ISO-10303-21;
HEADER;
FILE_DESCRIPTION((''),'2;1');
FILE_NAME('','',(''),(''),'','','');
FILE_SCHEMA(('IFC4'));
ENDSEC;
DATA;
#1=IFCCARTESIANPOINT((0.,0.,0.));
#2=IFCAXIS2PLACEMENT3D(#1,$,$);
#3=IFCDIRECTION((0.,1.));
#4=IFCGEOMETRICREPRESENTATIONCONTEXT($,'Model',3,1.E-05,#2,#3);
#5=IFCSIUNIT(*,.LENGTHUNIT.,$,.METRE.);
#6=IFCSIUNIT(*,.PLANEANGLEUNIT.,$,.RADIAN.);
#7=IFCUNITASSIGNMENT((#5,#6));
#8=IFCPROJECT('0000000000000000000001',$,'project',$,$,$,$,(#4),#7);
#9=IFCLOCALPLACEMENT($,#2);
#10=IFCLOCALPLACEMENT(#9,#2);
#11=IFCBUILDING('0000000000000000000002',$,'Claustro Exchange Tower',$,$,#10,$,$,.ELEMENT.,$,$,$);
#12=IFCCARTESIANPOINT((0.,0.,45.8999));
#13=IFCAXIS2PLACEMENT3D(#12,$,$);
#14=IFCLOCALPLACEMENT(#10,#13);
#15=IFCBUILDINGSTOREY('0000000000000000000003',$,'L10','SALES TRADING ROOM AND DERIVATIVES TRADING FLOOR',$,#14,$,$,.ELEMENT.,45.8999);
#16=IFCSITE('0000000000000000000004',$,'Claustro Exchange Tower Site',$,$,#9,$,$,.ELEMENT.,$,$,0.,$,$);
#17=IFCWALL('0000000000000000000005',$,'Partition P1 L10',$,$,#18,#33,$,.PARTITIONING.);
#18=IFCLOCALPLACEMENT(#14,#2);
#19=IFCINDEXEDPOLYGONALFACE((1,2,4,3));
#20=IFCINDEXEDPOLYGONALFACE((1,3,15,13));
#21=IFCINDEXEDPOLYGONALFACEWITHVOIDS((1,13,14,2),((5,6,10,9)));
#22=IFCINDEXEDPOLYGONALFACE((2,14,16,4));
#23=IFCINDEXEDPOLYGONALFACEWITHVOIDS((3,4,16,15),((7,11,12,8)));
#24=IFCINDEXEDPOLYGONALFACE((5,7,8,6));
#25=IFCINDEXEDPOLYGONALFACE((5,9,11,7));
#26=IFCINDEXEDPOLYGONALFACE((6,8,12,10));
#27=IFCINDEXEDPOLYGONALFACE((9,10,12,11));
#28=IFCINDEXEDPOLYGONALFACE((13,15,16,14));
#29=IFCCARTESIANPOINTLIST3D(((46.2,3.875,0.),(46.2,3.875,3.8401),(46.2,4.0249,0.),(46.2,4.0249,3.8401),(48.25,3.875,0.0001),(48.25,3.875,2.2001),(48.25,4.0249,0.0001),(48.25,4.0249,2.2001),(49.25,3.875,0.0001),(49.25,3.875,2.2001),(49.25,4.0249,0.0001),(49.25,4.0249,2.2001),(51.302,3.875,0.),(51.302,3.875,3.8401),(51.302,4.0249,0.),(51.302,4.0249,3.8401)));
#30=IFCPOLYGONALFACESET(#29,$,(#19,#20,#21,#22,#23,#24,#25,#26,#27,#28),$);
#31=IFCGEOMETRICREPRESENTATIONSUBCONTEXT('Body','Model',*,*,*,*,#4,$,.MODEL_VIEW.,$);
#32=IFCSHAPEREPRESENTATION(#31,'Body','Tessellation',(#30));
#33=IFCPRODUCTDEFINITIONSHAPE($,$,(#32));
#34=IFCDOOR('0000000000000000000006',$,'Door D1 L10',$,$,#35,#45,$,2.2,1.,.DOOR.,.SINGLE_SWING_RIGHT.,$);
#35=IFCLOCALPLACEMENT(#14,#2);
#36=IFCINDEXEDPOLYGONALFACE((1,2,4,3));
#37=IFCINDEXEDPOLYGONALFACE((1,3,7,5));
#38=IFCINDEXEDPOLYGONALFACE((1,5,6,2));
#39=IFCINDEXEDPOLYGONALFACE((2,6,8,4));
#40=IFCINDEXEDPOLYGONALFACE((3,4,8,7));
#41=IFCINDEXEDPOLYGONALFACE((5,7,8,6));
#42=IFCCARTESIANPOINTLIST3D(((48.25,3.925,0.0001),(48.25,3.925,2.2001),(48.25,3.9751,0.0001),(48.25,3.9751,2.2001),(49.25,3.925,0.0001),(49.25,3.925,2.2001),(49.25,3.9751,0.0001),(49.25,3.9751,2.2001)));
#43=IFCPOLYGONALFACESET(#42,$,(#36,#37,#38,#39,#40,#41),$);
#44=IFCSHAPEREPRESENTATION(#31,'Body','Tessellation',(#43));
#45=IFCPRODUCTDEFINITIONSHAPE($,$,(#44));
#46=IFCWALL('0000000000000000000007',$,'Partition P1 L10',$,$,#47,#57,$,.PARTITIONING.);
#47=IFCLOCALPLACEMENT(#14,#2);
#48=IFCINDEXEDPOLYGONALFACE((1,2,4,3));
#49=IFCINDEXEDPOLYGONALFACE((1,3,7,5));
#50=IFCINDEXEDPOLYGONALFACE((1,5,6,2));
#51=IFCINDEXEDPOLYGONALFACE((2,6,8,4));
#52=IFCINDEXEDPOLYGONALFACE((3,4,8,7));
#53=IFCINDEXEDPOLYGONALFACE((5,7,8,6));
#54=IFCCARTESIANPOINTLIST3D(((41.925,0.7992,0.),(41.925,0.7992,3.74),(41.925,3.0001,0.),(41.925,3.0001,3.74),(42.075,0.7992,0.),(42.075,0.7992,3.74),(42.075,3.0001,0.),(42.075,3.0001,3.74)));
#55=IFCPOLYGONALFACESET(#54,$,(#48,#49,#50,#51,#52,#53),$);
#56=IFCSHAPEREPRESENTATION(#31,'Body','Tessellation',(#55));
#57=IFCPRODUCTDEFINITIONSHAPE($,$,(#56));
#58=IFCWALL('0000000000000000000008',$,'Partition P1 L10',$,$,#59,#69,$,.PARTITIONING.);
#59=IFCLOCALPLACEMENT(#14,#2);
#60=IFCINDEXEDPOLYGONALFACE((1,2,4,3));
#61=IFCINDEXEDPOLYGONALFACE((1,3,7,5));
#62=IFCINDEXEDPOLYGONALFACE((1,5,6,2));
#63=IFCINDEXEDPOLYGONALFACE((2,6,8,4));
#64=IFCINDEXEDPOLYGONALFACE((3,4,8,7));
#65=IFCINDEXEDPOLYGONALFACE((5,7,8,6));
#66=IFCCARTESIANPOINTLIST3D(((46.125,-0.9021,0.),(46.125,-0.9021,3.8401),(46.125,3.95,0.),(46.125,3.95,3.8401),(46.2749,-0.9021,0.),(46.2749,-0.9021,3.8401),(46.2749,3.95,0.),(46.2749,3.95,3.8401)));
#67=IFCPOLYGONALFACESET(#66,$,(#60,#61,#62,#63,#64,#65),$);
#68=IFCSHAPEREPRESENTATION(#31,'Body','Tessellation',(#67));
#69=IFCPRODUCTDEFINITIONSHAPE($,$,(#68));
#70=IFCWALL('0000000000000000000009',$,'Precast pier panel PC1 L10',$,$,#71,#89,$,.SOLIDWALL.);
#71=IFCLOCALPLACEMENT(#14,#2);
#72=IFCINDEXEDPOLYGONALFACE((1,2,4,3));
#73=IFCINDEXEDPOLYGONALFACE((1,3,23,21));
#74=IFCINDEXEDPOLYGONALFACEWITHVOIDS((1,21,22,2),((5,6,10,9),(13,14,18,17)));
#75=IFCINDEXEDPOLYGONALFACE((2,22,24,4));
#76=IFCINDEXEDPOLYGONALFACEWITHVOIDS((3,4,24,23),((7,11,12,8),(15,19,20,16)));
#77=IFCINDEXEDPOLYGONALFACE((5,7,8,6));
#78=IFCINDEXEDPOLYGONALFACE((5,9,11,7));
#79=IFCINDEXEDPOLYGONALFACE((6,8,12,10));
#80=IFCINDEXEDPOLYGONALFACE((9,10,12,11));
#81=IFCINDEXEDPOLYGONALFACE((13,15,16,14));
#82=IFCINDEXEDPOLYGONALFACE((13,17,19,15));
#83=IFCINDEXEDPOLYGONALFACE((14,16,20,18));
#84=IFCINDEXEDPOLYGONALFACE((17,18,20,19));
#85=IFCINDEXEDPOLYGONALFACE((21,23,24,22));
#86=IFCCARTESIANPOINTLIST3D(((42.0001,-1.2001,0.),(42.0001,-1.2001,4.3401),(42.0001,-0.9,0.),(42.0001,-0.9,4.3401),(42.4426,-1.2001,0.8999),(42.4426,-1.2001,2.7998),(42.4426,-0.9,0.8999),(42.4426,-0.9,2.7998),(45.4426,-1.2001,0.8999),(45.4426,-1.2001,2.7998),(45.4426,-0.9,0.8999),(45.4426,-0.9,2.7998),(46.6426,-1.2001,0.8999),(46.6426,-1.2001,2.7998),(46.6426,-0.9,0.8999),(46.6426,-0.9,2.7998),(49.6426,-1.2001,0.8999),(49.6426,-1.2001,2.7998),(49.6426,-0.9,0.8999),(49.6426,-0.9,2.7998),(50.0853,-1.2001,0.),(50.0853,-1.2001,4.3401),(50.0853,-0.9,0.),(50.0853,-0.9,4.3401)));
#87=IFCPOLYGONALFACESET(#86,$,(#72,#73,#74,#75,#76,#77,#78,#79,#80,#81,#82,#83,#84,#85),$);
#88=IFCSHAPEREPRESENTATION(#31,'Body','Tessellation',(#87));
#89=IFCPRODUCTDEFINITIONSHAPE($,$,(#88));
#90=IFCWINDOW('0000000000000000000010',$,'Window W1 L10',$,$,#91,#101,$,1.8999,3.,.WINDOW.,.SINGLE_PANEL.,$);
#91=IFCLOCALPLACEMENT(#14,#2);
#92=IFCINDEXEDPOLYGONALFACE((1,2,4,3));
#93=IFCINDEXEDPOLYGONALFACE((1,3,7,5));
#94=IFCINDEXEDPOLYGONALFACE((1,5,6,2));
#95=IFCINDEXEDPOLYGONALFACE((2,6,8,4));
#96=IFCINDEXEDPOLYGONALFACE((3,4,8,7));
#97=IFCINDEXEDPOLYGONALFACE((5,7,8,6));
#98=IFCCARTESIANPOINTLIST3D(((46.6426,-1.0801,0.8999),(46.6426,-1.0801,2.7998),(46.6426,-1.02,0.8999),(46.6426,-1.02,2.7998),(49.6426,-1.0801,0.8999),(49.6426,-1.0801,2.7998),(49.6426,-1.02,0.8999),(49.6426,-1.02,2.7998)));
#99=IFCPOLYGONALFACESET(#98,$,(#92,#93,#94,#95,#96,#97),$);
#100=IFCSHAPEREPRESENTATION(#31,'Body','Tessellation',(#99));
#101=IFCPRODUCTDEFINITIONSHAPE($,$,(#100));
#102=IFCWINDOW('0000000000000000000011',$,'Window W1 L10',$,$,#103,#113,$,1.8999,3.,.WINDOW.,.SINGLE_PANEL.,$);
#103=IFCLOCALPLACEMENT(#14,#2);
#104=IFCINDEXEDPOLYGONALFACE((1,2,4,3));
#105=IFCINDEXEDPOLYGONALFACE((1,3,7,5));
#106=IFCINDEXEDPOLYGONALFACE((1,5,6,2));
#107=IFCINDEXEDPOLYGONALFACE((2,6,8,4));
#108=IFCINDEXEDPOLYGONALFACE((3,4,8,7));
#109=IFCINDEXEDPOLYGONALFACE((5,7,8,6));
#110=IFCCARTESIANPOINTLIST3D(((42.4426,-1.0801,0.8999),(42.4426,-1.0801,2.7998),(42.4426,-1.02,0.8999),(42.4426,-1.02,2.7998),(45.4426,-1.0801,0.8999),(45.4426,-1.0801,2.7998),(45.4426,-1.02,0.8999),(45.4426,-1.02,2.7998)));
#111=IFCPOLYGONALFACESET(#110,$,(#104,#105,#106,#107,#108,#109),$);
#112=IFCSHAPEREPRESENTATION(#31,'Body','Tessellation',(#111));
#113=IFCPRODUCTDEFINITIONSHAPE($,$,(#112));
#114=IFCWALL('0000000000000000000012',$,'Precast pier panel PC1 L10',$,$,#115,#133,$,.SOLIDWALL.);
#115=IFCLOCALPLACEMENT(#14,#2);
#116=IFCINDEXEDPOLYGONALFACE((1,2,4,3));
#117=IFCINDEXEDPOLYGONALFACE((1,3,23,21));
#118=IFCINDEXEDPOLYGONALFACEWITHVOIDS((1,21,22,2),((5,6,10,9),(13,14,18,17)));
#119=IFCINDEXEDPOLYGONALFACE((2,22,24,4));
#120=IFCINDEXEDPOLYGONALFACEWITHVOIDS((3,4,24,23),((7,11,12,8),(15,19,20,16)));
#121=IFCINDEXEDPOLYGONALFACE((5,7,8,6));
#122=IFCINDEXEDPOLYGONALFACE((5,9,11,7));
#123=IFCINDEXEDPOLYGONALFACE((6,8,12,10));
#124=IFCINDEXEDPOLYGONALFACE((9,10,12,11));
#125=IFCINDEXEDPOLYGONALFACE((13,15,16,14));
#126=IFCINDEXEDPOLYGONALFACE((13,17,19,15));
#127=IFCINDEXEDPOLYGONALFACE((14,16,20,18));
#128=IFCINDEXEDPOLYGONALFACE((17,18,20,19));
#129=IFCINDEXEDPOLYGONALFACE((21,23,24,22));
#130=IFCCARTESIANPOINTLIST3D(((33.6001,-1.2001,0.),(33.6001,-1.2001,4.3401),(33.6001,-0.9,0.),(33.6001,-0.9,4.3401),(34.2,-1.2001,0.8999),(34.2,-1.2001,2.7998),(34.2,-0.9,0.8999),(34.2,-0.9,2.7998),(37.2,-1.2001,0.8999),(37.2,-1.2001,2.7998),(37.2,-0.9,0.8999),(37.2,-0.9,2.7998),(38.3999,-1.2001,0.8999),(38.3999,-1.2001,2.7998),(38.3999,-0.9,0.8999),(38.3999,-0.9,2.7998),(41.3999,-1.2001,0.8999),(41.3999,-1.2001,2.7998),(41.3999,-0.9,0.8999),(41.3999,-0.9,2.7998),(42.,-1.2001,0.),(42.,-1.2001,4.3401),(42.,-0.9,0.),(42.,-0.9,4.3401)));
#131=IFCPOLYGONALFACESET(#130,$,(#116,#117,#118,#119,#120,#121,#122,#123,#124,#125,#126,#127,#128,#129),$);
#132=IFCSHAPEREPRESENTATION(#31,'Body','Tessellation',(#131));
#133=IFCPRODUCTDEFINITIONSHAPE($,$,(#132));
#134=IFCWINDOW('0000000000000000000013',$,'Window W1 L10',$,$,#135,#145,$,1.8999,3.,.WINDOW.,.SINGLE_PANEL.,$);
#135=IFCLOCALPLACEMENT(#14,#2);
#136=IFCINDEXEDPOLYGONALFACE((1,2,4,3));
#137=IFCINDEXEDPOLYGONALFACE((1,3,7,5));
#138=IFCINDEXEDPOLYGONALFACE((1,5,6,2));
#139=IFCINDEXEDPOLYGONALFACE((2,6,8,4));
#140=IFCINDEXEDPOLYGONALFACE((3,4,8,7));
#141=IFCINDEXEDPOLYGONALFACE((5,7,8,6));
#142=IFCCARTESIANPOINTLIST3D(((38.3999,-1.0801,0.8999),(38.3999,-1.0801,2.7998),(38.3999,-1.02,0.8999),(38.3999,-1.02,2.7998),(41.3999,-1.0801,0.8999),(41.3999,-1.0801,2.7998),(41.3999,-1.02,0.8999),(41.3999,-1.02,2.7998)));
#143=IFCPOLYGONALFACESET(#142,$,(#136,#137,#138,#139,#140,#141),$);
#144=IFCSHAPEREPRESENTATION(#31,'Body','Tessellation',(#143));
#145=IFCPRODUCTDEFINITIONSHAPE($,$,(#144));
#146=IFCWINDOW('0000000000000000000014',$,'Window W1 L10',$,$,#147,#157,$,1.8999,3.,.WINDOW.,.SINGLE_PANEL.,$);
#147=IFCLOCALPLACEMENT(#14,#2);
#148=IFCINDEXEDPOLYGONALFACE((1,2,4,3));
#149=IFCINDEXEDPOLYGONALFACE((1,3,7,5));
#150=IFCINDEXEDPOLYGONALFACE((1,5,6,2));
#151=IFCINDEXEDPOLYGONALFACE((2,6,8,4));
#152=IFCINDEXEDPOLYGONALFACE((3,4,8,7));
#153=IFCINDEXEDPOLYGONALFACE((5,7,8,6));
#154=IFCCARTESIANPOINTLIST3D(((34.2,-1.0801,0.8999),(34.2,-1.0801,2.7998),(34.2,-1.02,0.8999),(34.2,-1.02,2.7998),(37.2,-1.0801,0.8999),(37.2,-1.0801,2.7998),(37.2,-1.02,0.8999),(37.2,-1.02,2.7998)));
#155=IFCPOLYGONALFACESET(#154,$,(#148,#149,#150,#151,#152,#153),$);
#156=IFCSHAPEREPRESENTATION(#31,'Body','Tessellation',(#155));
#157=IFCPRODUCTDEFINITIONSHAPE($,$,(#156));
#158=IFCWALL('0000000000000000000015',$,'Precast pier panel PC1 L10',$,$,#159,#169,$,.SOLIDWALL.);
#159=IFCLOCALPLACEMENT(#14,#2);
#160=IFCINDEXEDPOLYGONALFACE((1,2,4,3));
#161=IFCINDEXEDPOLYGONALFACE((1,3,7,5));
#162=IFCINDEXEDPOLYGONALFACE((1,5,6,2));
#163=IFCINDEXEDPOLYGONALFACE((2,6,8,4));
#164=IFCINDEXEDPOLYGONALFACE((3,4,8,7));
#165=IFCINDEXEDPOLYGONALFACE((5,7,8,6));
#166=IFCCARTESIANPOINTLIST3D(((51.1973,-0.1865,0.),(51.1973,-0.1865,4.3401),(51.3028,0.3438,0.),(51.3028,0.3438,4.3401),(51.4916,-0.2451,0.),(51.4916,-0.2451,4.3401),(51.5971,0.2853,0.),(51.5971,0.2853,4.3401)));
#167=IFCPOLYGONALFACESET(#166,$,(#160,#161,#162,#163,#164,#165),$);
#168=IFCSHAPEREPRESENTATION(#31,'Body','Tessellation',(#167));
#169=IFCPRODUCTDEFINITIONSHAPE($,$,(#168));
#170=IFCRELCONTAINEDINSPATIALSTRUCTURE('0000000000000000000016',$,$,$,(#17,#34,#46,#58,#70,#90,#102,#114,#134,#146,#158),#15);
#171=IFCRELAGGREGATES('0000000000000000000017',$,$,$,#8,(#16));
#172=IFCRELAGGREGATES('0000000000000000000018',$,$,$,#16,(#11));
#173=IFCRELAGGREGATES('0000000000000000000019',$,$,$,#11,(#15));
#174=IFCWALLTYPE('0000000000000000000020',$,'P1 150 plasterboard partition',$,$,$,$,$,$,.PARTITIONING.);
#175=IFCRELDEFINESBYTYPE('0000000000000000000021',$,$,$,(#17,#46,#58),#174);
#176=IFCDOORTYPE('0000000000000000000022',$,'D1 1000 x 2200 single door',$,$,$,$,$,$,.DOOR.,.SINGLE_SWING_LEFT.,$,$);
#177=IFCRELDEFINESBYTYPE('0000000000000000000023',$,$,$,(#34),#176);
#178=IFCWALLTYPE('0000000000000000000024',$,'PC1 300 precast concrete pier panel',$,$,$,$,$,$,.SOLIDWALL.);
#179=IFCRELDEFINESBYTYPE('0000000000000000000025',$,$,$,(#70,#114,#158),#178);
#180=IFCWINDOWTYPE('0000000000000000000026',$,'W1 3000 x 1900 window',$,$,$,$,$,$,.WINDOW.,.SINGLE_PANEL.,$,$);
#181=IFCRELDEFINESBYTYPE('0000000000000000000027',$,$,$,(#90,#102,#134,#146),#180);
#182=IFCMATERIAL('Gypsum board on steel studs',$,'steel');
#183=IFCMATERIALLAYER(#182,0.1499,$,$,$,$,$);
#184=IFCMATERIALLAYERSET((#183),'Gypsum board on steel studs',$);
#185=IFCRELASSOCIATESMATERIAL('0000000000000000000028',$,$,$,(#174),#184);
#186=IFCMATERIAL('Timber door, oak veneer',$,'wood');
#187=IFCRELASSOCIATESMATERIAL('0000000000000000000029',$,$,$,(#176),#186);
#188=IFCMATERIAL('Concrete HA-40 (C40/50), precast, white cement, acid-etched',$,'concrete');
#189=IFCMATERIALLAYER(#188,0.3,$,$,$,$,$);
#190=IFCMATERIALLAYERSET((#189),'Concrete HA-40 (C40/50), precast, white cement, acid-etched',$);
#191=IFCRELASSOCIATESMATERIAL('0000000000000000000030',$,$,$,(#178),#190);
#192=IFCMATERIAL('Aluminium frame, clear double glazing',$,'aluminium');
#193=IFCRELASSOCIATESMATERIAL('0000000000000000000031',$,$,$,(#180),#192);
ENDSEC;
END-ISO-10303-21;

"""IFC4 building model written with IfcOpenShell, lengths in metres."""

from ifc_helpers import new_model, si_unit, direction, frame, frame_2d, origin, place, context, subcontext, project, spatial, rectangle, extrude, material, layer, layer_set, type_object, element, fill, save


model = new_model("IFC4")

# Units and contexts
model_context = context("Model", 3, precision=1e-05, world=origin(), true_north=direction((0.0, 1.0)))
body_context = subcontext(model_context, "Body", "Model", "MODEL_VIEW")
ifc_project = project(units=[si_unit("LENGTHUNIT", "METRE"), si_unit("PLANEANGLEUNIT", "RADIAN")], contexts=[model_context])

# Site, building, storey
site_placement = place(None, origin())
site = spatial("IfcSite", under=ifc_project, at=site_placement, Name="Claustro Exchange Tower Site", CompositionType="ELEMENT", RefElevation=0.0)
building_placement = place(site_placement, origin())
building = spatial("IfcBuilding", under=site, at=building_placement, Name="Claustro Exchange Tower", CompositionType="ELEMENT")
storey_placement = place(building_placement, frame((0.0, 0.0, 45.8999)))
storey = spatial("IfcBuildingStorey", under=building, at=storey_placement, Name="L10", Description="SALES TRADING ROOM AND DERIVATIVES TRADING FLOOR", CompositionType="ELEMENT", Elevation=45.8999)

# Wall, opening, door
ifc_material_1 = material(Name="Gypsum board on steel studs", Category="steel")
ifc_layer_1 = layer(ifc_material_1, 0.1499)
ifc_layer_set_1 = layer_set([ifc_layer_1], Name="Gypsum board on steel studs")
wall_type_1 = type_object("IfcWallType", Name="P1 150 plasterboard partition", PredefinedType="PARTITIONING", material=ifc_layer_set_1)
ifc_material_2 = material(Name="Timber door, oak veneer", Category="wood")
door_type = type_object("IfcDoorType", Name="D1 1000 x 2200 single door", OperationType="SINGLE_SWING_LEFT", PredefinedType="DOOR", material=ifc_material_2)
wall_1_placement = place(storey_placement, frame((46.2, 3.95, 0.0), z_axis=(0.0, 0.0, 1.0), x_axis=(1.0, 0.0, 0.0)))
wall_1 = element("IfcWall", 1, at=wall_1_placement, inside=storey, type_object=wall_type_1, Name="Partition P1 L10", PredefinedType="PARTITIONING", context=body_context, shape_type="SweptSolid", body=[
    extrude(rectangle(XDim=5.1021, YDim=0.1499, at=frame_2d((2.551, 0.0))), origin(), (0.0, 0.0, 1.0), 3.8401),
])
opening_1_placement = place(wall_1_placement, frame((2.05, 0.0, 0.0)))
opening_1 = element("IfcOpeningElement", 2, at=opening_1_placement, cuts=wall_1, PredefinedType="OPENING", context=body_context, shape_type="SweptSolid", body=[
    extrude(rectangle(XDim=1.0, YDim=2.2, at=frame_2d((0.5, 1.1001))), frame((0.0, 0.085, 0.0), z_axis=(0.0, -1.0, 0.0), x_axis=(1.0, 0.0, 0.0)), (0.0, 0.0, 1.0), 0.1699),
])
door_1_placement = place(opening_1_placement, frame((1.0, 0.0, 0.0), z_axis=(0.0, 0.0, 1.0), x_axis=(-1.0, 0.0, 0.0)))
door_1 = element("IfcDoor", 3, at=door_1_placement, inside=storey, type_object=door_type, Name="Door D1 L10", OperationType="SINGLE_SWING_RIGHT", OverallHeight=2.2, OverallWidth=1.0, PredefinedType="DOOR", context=body_context, shape_type="SweptSolid", body=[
    extrude(rectangle(XDim=1.0, YDim=2.2, at=frame_2d((0.5, 1.1001))), frame((0.0, 0.0249, 0.0), z_axis=(0.0, -1.0, 0.0), x_axis=(1.0, 0.0, 0.0)), (0.0, 0.0, 1.0), 0.05),
])
fill(opening_1, door_1)

# Walls
wall_2_placement = place(storey_placement, frame((42.0, 0.7991, 0.0), z_axis=(0.0, 0.0, 1.0), x_axis=(0.0, 1.0, 0.0)))
element("IfcWall", 4, at=wall_2_placement, inside=storey, type_object=wall_type_1, Name="Partition P1 L10", PredefinedType="PARTITIONING", context=body_context, shape_type="SweptSolid", body=[
    extrude(rectangle(XDim=2.2009, YDim=0.1499, at=frame_2d((1.1006, 0.0))), origin(), (0.0, 0.0, 1.0), 3.74),
])
wall_3_placement = place(storey_placement, frame((46.2, -0.9021, 0.0), z_axis=(0.0, 0.0, 1.0), x_axis=(0.0, 1.0, 0.0)))
element("IfcWall", 5, at=wall_3_placement, inside=storey, type_object=wall_type_1, Name="Partition P1 L10", PredefinedType="PARTITIONING", context=body_context, shape_type="SweptSolid", body=[
    extrude(rectangle(XDim=4.8521, YDim=0.1499, at=frame_2d((2.426, 0.0))), origin(), (0.0, 0.0, 1.0), 3.8401),
])

# Walls, openings, windows
ifc_material_3 = material(Name="Concrete HA-40 (C40/50), precast, white cement, acid-etched", Category="concrete")
ifc_layer_2 = layer(ifc_material_3, 0.3)
ifc_layer_set_2 = layer_set([ifc_layer_2], Name="Concrete HA-40 (C40/50), precast, white cement, acid-etched")
wall_type_2 = type_object("IfcWallType", Name="PC1 300 precast concrete pier panel", PredefinedType="SOLIDWALL", material=ifc_layer_set_2)
wall_4_placement = place(storey_placement, frame((50.0852, -1.05, 0.0), z_axis=(0.0, 0.0, 1.0), x_axis=(-1.0, 0.0, 0.0)))
wall_4 = element("IfcWall", 6, at=wall_4_placement, inside=storey, type_object=wall_type_2, Name="Precast pier panel PC1 L10", PredefinedType="SOLIDWALL", context=body_context, shape_type="SweptSolid", body=[
    extrude(rectangle(XDim=8.0852, YDim=0.3, at=frame_2d((4.0425, 0.0))), origin(), (0.0, 0.0, 1.0), 4.3401),
])
opening_2_placement = place(wall_4_placement, frame((0.4426, 0.0, 0.8999)))
opening_2 = element("IfcOpeningElement", 7, at=opening_2_placement, cuts=wall_4, PredefinedType="OPENING", context=body_context, shape_type="SweptSolid", body=[
    extrude(rectangle(XDim=3.0, YDim=1.8999, at=frame_2d((1.5, 0.95))), frame((0.0, 0.1599, 0.0), z_axis=(0.0, -1.0, 0.0), x_axis=(1.0, 0.0, 0.0)), (0.0, 0.0, 1.0), 0.3201),
])
opening_3_placement = place(wall_4_placement, frame((4.6426, 0.0, 0.8999)))
opening_3 = element("IfcOpeningElement", 8, at=opening_3_placement, cuts=wall_4, PredefinedType="OPENING", context=body_context, shape_type="SweptSolid", body=[
    extrude(rectangle(XDim=3.0, YDim=1.8999, at=frame_2d((1.5, 0.95))), frame((0.0, 0.1599, 0.0), z_axis=(0.0, -1.0, 0.0), x_axis=(1.0, 0.0, 0.0)), (0.0, 0.0, 1.0), 0.3201),
])
ifc_material_4 = material(Name="Aluminium frame, clear double glazing", Category="aluminium")
window_type = type_object("IfcWindowType", Name="W1 3000 x 1900 window", PartitioningType="SINGLE_PANEL", PredefinedType="WINDOW", material=ifc_material_4)
window_1_placement = place(opening_2_placement, origin())
window_1 = element("IfcWindow", 9, at=window_1_placement, inside=storey, type_object=window_type, Name="Window W1 L10", OverallHeight=1.8999, OverallWidth=3.0, PartitioningType="SINGLE_PANEL", PredefinedType="WINDOW", context=body_context, shape_type="SweptSolid", body=[
    extrude(rectangle(XDim=3.0, YDim=1.8999, at=frame_2d((1.5, 0.95))), frame((0.0, 0.03, 0.0), z_axis=(0.0, -1.0, 0.0), x_axis=(1.0, 0.0, 0.0)), (0.0, 0.0, 1.0), 0.0601),
])
fill(opening_2, window_1)
window_2_placement = place(opening_3_placement, origin())
window_2 = element("IfcWindow", 10, at=window_2_placement, inside=storey, type_object=window_type, Name="Window W1 L10", OverallHeight=1.8999, OverallWidth=3.0, PartitioningType="SINGLE_PANEL", PredefinedType="WINDOW", context=body_context, shape_type="SweptSolid", body=[
    extrude(rectangle(XDim=3.0, YDim=1.8999, at=frame_2d((1.5, 0.95))), frame((0.0, 0.03, 0.0), z_axis=(0.0, -1.0, 0.0), x_axis=(1.0, 0.0, 0.0)), (0.0, 0.0, 1.0), 0.0601),
])
fill(opening_3, window_2)
wall_5_placement = place(storey_placement, frame((42.0, -1.05, 0.0), z_axis=(0.0, 0.0, 1.0), x_axis=(-1.0, 0.0, 0.0)))
wall_5 = element("IfcWall", 11, at=wall_5_placement, inside=storey, type_object=wall_type_2, Name="Precast pier panel PC1 L10", PredefinedType="SOLIDWALL", context=body_context, shape_type="SweptSolid", body=[
    extrude(rectangle(XDim=8.3999, YDim=0.3, at=frame_2d((4.2, 0.0))), origin(), (0.0, 0.0, 1.0), 4.3401),
])
opening_4_placement = place(wall_5_placement, frame((0.6001, 0.0, 0.8999)))
opening_4 = element("IfcOpeningElement", 12, at=opening_4_placement, cuts=wall_5, PredefinedType="OPENING", context=body_context, shape_type="SweptSolid", body=[
    extrude(rectangle(XDim=3.0, YDim=1.8999, at=frame_2d((1.5, 0.95))), frame((0.0, 0.1599, 0.0), z_axis=(0.0, -1.0, 0.0), x_axis=(1.0, 0.0, 0.0)), (0.0, 0.0, 1.0), 0.3201),
])
opening_5_placement = place(wall_5_placement, frame((4.8, 0.0, 0.8999)))
opening_5 = element("IfcOpeningElement", 13, at=opening_5_placement, cuts=wall_5, PredefinedType="OPENING", context=body_context, shape_type="SweptSolid", body=[
    extrude(rectangle(XDim=3.0, YDim=1.8999, at=frame_2d((1.5, 0.95))), frame((0.0, 0.1599, 0.0), z_axis=(0.0, -1.0, 0.0), x_axis=(1.0, 0.0, 0.0)), (0.0, 0.0, 1.0), 0.3201),
])
window_3_placement = place(opening_4_placement, origin())
window_3 = element("IfcWindow", 14, at=window_3_placement, inside=storey, type_object=window_type, Name="Window W1 L10", OverallHeight=1.8999, OverallWidth=3.0, PartitioningType="SINGLE_PANEL", PredefinedType="WINDOW", context=body_context, shape_type="SweptSolid", body=[
    extrude(rectangle(XDim=3.0, YDim=1.8999, at=frame_2d((1.5, 0.95))), frame((0.0, 0.03, 0.0), z_axis=(0.0, -1.0, 0.0), x_axis=(1.0, 0.0, 0.0)), (0.0, 0.0, 1.0), 0.0601),
])
fill(opening_4, window_3)
window_4_placement = place(opening_5_placement, origin())
window_4 = element("IfcWindow", 15, at=window_4_placement, inside=storey, type_object=window_type, Name="Window W1 L10", OverallHeight=1.8999, OverallWidth=3.0, PartitioningType="SINGLE_PANEL", PredefinedType="WINDOW", context=body_context, shape_type="SweptSolid", body=[
    extrude(rectangle(XDim=3.0, YDim=1.8999, at=frame_2d((1.5, 0.95))), frame((0.0, 0.03, 0.0), z_axis=(0.0, -1.0, 0.0), x_axis=(1.0, 0.0, 0.0)), (0.0, 0.0, 1.0), 0.0601),
])
fill(opening_5, window_4)

# Wall
wall_6_placement = place(storey_placement, frame((51.45, 0.3147, 0.0), z_axis=(0.0, 0.0, 1.0), x_axis=(-0.195074, -0.980789, 0.0)))
element("IfcWall", 16, at=wall_6_placement, inside=storey, type_object=wall_type_2, Name="Precast pier panel PC1 L10", PredefinedType="SOLIDWALL", context=body_context, shape_type="SweptSolid", body=[
    extrude(rectangle(XDim=0.5408, YDim=0.3, at=frame_2d((0.2705, 0.0))), origin(), (0.0, 0.0, 1.0), 4.3401),
])

save(model, "model.ifc")
